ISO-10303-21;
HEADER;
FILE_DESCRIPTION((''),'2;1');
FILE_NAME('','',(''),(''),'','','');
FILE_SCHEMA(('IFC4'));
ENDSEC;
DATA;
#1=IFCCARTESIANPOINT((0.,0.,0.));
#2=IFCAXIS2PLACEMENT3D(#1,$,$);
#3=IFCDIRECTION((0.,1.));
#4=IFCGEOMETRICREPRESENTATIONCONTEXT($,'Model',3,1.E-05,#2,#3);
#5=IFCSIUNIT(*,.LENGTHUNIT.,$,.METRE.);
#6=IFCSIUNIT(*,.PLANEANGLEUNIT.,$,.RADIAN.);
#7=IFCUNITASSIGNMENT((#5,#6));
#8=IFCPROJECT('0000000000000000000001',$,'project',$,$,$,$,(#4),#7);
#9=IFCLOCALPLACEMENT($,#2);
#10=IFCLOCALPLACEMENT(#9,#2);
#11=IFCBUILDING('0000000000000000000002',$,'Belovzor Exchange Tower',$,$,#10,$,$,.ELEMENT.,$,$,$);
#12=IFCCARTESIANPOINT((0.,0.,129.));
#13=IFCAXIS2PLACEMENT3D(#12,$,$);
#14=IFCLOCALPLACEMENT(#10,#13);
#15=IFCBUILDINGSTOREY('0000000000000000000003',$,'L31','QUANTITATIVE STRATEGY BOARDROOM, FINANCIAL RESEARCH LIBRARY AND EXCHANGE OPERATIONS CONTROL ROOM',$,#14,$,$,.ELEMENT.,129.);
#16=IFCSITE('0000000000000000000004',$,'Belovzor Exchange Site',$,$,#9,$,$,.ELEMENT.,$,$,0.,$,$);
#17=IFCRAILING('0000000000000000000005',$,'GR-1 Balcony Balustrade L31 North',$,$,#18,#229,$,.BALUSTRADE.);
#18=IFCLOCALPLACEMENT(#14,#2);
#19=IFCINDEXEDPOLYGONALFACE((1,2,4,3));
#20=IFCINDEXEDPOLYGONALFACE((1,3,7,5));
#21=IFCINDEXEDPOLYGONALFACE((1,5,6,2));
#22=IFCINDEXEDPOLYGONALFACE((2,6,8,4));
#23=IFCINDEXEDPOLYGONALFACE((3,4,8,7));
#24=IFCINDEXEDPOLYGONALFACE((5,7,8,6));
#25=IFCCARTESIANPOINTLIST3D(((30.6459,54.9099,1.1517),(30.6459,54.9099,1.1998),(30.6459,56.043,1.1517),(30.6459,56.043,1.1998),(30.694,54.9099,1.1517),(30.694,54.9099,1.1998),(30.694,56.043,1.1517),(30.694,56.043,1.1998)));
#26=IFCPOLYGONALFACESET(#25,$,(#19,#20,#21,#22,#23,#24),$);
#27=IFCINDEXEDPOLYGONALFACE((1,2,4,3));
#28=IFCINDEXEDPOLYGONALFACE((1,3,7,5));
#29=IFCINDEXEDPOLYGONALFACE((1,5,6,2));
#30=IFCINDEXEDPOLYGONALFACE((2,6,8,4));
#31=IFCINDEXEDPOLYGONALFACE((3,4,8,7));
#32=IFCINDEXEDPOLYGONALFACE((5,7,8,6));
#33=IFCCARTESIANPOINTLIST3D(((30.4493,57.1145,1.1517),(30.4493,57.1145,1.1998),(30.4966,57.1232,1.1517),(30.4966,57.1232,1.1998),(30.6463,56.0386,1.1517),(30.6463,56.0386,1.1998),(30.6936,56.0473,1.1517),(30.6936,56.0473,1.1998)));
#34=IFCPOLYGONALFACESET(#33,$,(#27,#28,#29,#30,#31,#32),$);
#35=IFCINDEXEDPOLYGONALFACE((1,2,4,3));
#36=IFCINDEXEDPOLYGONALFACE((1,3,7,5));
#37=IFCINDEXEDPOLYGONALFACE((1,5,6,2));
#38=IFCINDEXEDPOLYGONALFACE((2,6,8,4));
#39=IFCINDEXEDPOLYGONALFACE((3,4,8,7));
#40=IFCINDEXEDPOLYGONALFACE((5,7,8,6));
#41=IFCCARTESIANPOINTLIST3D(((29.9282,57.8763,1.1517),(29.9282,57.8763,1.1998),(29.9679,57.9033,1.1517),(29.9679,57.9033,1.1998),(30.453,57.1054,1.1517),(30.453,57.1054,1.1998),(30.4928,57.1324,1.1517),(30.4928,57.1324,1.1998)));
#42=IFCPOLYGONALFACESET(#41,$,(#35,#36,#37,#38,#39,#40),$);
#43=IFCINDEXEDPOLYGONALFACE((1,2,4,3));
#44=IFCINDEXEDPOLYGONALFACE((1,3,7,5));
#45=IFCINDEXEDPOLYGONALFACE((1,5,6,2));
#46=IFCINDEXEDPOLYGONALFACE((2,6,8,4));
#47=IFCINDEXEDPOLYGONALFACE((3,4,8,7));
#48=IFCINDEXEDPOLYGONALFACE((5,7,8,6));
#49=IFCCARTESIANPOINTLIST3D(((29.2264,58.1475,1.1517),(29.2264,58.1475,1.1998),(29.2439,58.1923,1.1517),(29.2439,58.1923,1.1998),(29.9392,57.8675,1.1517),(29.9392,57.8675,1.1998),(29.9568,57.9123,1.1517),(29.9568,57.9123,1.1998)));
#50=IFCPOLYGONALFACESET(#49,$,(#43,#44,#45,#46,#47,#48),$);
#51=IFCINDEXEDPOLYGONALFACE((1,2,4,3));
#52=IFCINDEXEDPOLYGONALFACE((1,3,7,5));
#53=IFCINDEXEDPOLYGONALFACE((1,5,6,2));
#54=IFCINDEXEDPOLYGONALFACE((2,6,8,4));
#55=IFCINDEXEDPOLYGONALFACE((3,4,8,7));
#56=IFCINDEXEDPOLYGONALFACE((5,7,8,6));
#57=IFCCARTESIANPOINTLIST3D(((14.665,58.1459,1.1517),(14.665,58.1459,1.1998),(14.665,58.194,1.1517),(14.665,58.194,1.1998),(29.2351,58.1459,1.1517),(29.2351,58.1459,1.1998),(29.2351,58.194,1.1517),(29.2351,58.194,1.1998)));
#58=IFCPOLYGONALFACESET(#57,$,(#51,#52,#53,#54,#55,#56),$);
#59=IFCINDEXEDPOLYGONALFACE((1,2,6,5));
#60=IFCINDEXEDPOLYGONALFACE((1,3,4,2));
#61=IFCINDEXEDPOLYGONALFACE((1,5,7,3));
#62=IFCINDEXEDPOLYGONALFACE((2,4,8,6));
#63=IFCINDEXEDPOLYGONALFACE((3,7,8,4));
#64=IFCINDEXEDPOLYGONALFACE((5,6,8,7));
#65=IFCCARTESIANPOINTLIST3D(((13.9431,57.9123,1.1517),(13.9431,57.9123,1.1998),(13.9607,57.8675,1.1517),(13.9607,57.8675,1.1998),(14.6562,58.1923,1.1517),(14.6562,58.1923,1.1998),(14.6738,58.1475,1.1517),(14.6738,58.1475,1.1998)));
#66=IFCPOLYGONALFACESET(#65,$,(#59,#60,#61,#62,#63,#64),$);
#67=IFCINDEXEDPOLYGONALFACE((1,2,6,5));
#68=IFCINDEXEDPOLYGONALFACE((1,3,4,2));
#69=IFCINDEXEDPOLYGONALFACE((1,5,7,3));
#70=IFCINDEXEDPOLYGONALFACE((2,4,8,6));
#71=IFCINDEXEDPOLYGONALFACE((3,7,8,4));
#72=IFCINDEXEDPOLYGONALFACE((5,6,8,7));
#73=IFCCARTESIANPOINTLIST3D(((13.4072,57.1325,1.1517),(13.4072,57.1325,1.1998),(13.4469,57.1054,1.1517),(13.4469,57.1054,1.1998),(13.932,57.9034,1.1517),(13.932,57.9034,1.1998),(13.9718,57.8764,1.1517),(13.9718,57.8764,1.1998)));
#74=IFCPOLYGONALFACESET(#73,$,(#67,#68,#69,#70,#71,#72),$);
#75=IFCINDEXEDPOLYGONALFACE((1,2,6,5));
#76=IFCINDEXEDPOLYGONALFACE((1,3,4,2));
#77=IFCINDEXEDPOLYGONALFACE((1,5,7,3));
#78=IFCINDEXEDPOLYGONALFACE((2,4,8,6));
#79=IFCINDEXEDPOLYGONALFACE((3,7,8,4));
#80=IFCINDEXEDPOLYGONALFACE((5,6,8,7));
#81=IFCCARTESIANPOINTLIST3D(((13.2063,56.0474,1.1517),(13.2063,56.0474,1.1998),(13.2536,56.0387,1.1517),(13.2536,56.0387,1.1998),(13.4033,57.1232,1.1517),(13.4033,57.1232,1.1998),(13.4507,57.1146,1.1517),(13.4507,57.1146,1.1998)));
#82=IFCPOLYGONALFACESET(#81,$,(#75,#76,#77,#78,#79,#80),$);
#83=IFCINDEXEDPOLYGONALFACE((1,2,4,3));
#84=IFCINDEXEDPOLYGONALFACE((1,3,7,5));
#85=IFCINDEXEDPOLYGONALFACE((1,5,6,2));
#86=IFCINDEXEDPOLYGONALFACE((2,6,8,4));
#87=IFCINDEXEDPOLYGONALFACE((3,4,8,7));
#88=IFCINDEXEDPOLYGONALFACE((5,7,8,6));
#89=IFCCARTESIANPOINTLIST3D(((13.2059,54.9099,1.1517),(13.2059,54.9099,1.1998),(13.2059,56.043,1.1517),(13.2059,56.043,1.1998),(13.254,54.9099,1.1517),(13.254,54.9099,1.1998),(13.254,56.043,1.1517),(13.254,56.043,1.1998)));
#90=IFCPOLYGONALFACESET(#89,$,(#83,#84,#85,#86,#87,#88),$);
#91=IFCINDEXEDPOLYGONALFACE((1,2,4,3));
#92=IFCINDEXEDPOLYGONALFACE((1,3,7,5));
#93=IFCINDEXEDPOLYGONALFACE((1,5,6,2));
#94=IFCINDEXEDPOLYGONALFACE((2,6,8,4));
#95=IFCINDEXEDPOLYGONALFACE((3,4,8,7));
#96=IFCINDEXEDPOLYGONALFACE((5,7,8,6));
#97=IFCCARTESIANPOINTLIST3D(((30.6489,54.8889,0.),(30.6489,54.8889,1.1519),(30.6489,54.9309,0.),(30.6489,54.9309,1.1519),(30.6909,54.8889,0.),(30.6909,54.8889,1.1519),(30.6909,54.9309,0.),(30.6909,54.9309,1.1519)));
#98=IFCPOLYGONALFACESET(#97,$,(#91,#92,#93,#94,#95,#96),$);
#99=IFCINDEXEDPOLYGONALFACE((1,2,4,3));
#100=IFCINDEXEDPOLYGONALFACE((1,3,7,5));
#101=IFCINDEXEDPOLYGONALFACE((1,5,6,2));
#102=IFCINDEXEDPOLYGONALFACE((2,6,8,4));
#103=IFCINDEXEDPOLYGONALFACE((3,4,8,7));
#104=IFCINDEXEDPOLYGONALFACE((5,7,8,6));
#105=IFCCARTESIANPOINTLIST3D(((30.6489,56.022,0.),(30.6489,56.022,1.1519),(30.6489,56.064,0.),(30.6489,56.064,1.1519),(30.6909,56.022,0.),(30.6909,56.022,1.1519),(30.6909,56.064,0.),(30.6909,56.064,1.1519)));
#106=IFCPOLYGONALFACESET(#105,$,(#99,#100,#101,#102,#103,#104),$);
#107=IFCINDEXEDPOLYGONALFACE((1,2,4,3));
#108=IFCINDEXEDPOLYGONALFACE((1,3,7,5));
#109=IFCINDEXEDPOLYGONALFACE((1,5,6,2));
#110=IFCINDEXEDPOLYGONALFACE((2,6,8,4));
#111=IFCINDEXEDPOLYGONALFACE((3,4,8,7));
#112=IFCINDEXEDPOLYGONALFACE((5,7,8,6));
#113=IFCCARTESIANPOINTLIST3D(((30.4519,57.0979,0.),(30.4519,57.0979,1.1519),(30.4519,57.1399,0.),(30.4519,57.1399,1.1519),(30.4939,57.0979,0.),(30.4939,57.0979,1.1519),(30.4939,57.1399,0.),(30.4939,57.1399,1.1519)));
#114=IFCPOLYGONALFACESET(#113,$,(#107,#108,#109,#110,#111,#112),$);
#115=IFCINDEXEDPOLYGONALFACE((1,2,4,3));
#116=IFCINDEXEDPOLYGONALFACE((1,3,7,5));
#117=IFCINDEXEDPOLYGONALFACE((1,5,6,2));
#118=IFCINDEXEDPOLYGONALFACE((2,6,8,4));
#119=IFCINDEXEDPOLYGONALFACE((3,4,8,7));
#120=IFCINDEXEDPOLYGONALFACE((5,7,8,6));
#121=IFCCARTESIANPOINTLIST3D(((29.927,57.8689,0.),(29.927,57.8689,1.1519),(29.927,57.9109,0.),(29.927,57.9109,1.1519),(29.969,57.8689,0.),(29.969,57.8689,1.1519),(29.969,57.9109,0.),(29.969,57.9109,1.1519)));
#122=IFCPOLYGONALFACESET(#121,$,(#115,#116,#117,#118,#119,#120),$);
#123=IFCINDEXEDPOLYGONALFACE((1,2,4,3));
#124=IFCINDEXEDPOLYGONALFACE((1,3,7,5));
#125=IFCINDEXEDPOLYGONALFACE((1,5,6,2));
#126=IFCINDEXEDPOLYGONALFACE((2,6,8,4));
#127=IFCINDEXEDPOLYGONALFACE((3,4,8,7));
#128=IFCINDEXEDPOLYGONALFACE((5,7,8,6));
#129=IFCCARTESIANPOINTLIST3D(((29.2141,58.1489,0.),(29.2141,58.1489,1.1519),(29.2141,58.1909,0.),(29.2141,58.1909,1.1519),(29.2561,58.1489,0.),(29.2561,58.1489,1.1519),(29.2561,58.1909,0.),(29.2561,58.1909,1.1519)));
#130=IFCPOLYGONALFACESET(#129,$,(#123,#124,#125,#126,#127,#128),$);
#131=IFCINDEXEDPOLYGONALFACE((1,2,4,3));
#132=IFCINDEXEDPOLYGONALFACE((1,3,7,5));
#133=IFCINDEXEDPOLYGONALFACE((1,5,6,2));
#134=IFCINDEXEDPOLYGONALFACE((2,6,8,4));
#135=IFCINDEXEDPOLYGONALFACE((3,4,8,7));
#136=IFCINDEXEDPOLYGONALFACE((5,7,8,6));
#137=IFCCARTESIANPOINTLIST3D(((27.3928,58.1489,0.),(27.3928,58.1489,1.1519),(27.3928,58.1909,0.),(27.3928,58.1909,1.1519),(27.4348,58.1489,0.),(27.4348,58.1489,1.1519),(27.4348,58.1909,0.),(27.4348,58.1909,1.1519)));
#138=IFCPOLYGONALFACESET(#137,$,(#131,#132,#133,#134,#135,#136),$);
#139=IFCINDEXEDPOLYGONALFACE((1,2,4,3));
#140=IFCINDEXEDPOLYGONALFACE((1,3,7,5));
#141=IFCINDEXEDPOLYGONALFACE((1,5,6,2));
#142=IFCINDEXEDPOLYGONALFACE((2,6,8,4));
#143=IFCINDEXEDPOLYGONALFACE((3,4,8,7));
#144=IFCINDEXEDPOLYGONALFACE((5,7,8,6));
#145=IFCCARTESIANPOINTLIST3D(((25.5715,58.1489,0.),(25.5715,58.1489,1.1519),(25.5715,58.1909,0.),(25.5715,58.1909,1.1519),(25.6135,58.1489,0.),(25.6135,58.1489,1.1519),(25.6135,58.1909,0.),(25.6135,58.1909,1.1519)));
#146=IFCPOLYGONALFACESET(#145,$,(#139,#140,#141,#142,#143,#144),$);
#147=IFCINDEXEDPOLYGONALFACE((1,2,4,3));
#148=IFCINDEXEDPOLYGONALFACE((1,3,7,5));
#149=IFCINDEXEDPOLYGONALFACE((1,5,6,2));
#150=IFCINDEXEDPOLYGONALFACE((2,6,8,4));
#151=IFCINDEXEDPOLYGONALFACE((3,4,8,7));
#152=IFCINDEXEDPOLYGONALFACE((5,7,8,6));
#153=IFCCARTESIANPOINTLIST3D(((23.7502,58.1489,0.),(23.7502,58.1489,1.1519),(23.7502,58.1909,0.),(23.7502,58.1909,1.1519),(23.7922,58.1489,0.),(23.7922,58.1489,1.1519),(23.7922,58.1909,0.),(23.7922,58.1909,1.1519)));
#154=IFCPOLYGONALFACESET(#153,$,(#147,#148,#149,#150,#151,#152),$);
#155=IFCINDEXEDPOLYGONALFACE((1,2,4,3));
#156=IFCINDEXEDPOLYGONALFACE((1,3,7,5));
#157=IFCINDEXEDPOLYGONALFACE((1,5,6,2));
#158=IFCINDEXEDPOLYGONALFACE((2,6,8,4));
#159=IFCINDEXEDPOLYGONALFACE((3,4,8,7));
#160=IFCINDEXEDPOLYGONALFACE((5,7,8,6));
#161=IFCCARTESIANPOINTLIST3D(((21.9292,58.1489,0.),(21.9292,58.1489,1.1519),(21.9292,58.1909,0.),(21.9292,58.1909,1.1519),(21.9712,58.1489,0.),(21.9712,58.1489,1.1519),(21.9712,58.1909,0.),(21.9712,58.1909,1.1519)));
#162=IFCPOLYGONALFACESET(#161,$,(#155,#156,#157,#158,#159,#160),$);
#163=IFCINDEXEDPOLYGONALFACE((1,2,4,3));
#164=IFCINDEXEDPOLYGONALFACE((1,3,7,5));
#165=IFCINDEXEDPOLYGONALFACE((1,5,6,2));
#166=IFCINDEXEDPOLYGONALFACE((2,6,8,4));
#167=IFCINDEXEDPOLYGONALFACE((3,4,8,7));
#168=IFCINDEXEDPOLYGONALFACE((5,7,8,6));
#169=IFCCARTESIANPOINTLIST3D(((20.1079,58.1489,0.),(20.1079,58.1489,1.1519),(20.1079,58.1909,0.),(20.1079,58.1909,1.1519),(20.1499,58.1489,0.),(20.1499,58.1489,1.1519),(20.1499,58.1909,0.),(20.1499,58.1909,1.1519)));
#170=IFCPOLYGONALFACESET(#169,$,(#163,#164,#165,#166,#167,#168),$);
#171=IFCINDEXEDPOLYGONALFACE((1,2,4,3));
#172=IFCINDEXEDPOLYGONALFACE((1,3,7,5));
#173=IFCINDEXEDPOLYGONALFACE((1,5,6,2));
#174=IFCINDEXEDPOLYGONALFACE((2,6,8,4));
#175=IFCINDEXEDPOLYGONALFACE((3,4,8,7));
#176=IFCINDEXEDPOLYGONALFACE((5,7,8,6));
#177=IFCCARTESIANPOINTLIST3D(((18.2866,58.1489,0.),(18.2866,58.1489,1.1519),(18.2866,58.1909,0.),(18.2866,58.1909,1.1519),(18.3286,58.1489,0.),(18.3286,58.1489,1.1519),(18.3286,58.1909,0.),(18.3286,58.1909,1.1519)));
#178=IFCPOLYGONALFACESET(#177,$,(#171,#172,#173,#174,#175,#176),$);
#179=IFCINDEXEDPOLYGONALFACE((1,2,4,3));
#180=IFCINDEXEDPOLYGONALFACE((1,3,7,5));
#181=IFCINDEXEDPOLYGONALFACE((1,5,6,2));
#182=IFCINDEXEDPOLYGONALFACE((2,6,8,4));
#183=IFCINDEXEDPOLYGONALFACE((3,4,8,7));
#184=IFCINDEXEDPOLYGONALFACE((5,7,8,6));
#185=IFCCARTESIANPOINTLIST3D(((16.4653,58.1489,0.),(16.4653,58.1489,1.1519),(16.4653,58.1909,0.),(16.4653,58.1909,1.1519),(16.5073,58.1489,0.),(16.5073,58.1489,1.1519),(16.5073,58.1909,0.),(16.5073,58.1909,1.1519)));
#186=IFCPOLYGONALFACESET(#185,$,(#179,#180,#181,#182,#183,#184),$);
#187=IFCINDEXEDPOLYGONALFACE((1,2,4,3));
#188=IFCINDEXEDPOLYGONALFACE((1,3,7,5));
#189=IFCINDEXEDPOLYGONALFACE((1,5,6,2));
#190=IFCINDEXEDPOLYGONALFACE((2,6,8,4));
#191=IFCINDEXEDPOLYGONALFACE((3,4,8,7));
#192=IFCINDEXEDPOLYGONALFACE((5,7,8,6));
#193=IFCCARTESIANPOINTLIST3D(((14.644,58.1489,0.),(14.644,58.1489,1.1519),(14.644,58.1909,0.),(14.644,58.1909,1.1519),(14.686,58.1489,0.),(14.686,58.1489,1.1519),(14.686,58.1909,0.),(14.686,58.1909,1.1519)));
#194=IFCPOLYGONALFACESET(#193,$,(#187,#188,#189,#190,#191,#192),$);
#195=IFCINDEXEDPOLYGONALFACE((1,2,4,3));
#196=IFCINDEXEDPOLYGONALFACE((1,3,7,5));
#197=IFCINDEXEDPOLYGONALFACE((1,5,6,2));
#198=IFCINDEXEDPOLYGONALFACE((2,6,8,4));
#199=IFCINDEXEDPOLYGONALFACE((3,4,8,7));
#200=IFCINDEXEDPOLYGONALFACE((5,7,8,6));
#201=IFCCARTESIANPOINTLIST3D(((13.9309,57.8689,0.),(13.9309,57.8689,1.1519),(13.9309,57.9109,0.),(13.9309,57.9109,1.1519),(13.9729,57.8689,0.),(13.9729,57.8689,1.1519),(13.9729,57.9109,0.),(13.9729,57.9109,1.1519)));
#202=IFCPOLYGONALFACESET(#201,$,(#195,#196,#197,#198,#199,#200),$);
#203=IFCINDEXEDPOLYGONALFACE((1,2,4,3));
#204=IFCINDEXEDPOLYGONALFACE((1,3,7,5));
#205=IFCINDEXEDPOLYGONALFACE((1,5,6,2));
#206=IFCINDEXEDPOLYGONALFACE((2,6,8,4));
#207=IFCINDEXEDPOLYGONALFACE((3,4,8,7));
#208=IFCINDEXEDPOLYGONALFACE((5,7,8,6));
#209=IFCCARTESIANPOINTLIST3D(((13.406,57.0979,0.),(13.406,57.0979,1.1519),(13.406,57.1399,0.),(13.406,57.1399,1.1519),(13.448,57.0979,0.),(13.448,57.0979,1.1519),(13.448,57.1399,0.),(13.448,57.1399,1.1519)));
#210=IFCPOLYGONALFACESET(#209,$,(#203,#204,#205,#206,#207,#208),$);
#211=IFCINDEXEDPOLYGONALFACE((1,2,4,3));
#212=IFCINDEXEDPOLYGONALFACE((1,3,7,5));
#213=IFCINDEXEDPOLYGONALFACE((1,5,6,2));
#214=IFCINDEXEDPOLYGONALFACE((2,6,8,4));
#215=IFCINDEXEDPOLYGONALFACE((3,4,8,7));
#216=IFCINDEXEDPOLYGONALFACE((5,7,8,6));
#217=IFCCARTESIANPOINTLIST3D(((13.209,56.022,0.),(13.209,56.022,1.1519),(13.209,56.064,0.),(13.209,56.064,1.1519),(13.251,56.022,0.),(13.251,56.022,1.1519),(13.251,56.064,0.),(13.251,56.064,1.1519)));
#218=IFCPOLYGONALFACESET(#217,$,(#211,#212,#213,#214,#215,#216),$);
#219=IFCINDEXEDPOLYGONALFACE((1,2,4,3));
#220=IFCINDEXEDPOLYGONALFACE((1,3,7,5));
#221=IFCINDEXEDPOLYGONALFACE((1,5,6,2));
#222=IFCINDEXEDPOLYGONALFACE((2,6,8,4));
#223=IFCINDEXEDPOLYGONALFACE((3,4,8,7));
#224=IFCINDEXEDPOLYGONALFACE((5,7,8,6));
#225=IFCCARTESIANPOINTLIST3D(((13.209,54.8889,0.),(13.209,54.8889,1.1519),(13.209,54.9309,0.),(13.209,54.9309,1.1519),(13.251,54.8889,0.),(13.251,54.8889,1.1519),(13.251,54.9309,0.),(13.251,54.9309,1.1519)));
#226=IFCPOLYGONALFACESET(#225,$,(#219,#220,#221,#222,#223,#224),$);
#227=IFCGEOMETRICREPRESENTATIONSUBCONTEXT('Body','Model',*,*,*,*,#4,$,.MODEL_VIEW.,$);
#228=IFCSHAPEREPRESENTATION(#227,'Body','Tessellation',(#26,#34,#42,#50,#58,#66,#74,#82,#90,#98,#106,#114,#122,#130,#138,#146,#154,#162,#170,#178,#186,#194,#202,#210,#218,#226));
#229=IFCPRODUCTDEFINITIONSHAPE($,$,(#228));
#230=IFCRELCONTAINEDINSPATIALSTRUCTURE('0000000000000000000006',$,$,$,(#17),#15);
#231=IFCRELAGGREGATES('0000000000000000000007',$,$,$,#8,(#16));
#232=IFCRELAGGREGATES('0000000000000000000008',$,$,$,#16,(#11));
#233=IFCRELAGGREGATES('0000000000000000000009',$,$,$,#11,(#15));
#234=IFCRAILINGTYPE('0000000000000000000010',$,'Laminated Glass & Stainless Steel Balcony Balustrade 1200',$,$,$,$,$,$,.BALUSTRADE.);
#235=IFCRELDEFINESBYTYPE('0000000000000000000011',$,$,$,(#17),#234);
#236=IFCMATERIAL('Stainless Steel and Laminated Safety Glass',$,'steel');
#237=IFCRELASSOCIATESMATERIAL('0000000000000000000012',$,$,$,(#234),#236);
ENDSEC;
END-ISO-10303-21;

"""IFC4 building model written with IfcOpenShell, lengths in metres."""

from ifc_helpers import new_model, si_unit, direction, frame, origin, origin_2d, place, context, subcontext, project, spatial, rectangle, extrude, material, type_object, element, save


model = new_model("IFC4")

# Units and contexts
model_context = context("Model", 3, precision=1e-05, world=origin(), true_north=direction((0.0, 1.0)))
body_context = subcontext(model_context, "Body", "Model", "MODEL_VIEW")
ifc_project = project(units=[si_unit("LENGTHUNIT", "METRE"), si_unit("PLANEANGLEUNIT", "RADIAN")], contexts=[model_context])

# Site, building, storey
site_placement = place(None, origin())
site = spatial("IfcSite", under=ifc_project, at=site_placement, Name="Belovzor Exchange Site", CompositionType="ELEMENT", RefElevation=0.0)
building_placement = place(site_placement, origin())
building = spatial("IfcBuilding", under=site, at=building_placement, Name="Belovzor Exchange Tower", CompositionType="ELEMENT")
storey_placement = place(building_placement, frame((0.0, 0.0, 129.0)))
storey = spatial("IfcBuildingStorey", under=building, at=storey_placement, Name="L31", Description="QUANTITATIVE STRATEGY BOARDROOM, FINANCIAL RESEARCH LIBRARY AND EXCHANGE OPERATIONS CONTROL ROOM", CompositionType="ELEMENT", Elevation=129.0)

# Railing
ifc_material_1 = material(Name="Stainless Steel and Laminated Safety Glass", Category="steel")
railing_type = type_object("IfcRailingType", Name="Laminated Glass & Stainless Steel Balcony Balustrade 1200", PredefinedType="BALUSTRADE", material=ifc_material_1)
railing_placement = place(storey_placement, frame((30.6699, 54.9099, 0.0)))
element("IfcRailing", 1, at=railing_placement, inside=storey, type_object=railing_type, Name="GR-1 Balcony Balustrade L31 North", PredefinedType="BALUSTRADE", context=body_context, shape_type="SweptSolid", body=[
    extrude(rectangle(XDim=0.0481, YDim=0.0481, at=origin_2d()), frame((0.0, 0.0, 1.1758), z_axis=(0.0, 1.0, 0.0), x_axis=(-1.0, 0.0, 0.0)), (0.0, 0.0, 1.0), 1.1331),
    extrude(rectangle(XDim=0.0481, YDim=0.0481, at=origin_2d()), frame((0.0, 1.1331, 1.1758), z_axis=(-0.180123, 0.983644, 0.0), x_axis=(-0.983644, -0.180123, 0.0)), (0.0, 0.0, 1.0), 1.0938),
    extrude(rectangle(XDim=0.0481, YDim=0.0481, at=origin_2d()), frame((-0.197, 2.209, 1.1758), z_axis=(-0.562768, 0.826615, 0.0), x_axis=(-0.826615, -0.562768, 0.0)), (0.0, 0.0, 1.0), 0.9326),
    extrude(rectangle(XDim=0.0481, YDim=0.0481, at=origin_2d()), frame((-0.7219, 2.98, 1.1758), z_axis=(-0.930767, 0.365613, 0.0), x_axis=(-0.365613, -0.930767, 0.0)), (0.0, 0.0, 1.0), 0.7659),
    extrude(rectangle(XDim=0.0481, YDim=0.0481, at=origin_2d()), frame((-1.4348, 3.26, 1.1758), z_axis=(-1.0, 0.0, 0.0), x_axis=(0.0, -1.0, 0.0)), (0.0, 0.0, 1.0), 14.5701),
    extrude(rectangle(XDim=0.0481, YDim=0.0481, at=origin_2d()), frame((-16.0049, 3.26, 1.1758), z_axis=(-0.93081, -0.365504, 0.0), x_axis=(0.365504, -0.93081, 0.0)), (0.0, 0.0, 1.0), 0.7661),
    extrude(rectangle(XDim=0.0481, YDim=0.0481, at=origin_2d()), frame((-16.718, 2.98, 1.1758), z_axis=(-0.562768, -0.826615, 0.0), x_axis=(0.826615, -0.562768, 0.0)), (0.0, 0.0, 1.0), 0.9326),
    extrude(rectangle(XDim=0.0481, YDim=0.0481, at=origin_2d()), frame((-17.2429, 2.209, 1.1758), z_axis=(-0.180123, -0.983644, 0.0), x_axis=(0.983644, -0.180123, 0.0)), (0.0, 0.0, 1.0), 1.0938),
    extrude(rectangle(XDim=0.0481, YDim=0.0481, at=origin_2d()), frame((-17.4399, 1.1331, 1.1758), z_axis=(0.0, -1.0, 0.0), x_axis=(1.0, 0.0, 0.0)), (0.0, 0.0, 1.0), 1.1331),
    extrude(rectangle(XDim=0.042, YDim=0.042, at=origin_2d()), origin(), (0.0, 0.0, 1.0), 1.1519),
    extrude(rectangle(XDim=0.042, YDim=0.042, at=origin_2d()), frame((0.0, 1.1331, 0.0)), (0.0, 0.0, 1.0), 1.1519),
    extrude(rectangle(XDim=0.042, YDim=0.042, at=origin_2d()), frame((-0.197, 2.209, 0.0)), (0.0, 0.0, 1.0), 1.1519),
    extrude(rectangle(XDim=0.042, YDim=0.042, at=origin_2d()), frame((-0.7219, 2.98, 0.0)), (0.0, 0.0, 1.0), 1.1519),
    extrude(rectangle(XDim=0.042, YDim=0.042, at=origin_2d()), frame((-1.4348, 3.26, 0.0)), (0.0, 0.0, 1.0), 1.1519),
    extrude(rectangle(XDim=0.042, YDim=0.042, at=origin_2d()), frame((-3.2561, 3.26, 0.0)), (0.0, 0.0, 1.0), 1.1519),
    extrude(rectangle(XDim=0.042, YDim=0.042, at=origin_2d()), frame((-5.0774, 3.26, 0.0)), (0.0, 0.0, 1.0), 1.1519),
    extrude(rectangle(XDim=0.042, YDim=0.042, at=origin_2d()), frame((-6.8987, 3.26, 0.0)), (0.0, 0.0, 1.0), 1.1519),
    extrude(rectangle(XDim=0.042, YDim=0.042, at=origin_2d()), frame((-8.7197, 3.26, 0.0)), (0.0, 0.0, 1.0), 1.1519),
    extrude(rectangle(XDim=0.042, YDim=0.042, at=origin_2d()), frame((-10.541, 3.26, 0.0)), (0.0, 0.0, 1.0), 1.1519),
    extrude(rectangle(XDim=0.042, YDim=0.042, at=origin_2d()), frame((-12.3623, 3.26, 0.0)), (0.0, 0.0, 1.0), 1.1519),
    extrude(rectangle(XDim=0.042, YDim=0.042, at=origin_2d()), frame((-14.1836, 3.26, 0.0)), (0.0, 0.0, 1.0), 1.1519),
    extrude(rectangle(XDim=0.042, YDim=0.042, at=origin_2d()), frame((-16.0049, 3.26, 0.0)), (0.0, 0.0, 1.0), 1.1519),
    extrude(rectangle(XDim=0.042, YDim=0.042, at=origin_2d()), frame((-16.718, 2.98, 0.0)), (0.0, 0.0, 1.0), 1.1519),
    extrude(rectangle(XDim=0.042, YDim=0.042, at=origin_2d()), frame((-17.2429, 2.209, 0.0)), (0.0, 0.0, 1.0), 1.1519),
    extrude(rectangle(XDim=0.042, YDim=0.042, at=origin_2d()), frame((-17.4399, 1.1331, 0.0)), (0.0, 0.0, 1.0), 1.1519),
    extrude(rectangle(XDim=0.042, YDim=0.042, at=origin_2d()), frame((-17.4399, 0.0, 0.0)), (0.0, 0.0, 1.0), 1.1519),
])

save(model, "model.ifc")
